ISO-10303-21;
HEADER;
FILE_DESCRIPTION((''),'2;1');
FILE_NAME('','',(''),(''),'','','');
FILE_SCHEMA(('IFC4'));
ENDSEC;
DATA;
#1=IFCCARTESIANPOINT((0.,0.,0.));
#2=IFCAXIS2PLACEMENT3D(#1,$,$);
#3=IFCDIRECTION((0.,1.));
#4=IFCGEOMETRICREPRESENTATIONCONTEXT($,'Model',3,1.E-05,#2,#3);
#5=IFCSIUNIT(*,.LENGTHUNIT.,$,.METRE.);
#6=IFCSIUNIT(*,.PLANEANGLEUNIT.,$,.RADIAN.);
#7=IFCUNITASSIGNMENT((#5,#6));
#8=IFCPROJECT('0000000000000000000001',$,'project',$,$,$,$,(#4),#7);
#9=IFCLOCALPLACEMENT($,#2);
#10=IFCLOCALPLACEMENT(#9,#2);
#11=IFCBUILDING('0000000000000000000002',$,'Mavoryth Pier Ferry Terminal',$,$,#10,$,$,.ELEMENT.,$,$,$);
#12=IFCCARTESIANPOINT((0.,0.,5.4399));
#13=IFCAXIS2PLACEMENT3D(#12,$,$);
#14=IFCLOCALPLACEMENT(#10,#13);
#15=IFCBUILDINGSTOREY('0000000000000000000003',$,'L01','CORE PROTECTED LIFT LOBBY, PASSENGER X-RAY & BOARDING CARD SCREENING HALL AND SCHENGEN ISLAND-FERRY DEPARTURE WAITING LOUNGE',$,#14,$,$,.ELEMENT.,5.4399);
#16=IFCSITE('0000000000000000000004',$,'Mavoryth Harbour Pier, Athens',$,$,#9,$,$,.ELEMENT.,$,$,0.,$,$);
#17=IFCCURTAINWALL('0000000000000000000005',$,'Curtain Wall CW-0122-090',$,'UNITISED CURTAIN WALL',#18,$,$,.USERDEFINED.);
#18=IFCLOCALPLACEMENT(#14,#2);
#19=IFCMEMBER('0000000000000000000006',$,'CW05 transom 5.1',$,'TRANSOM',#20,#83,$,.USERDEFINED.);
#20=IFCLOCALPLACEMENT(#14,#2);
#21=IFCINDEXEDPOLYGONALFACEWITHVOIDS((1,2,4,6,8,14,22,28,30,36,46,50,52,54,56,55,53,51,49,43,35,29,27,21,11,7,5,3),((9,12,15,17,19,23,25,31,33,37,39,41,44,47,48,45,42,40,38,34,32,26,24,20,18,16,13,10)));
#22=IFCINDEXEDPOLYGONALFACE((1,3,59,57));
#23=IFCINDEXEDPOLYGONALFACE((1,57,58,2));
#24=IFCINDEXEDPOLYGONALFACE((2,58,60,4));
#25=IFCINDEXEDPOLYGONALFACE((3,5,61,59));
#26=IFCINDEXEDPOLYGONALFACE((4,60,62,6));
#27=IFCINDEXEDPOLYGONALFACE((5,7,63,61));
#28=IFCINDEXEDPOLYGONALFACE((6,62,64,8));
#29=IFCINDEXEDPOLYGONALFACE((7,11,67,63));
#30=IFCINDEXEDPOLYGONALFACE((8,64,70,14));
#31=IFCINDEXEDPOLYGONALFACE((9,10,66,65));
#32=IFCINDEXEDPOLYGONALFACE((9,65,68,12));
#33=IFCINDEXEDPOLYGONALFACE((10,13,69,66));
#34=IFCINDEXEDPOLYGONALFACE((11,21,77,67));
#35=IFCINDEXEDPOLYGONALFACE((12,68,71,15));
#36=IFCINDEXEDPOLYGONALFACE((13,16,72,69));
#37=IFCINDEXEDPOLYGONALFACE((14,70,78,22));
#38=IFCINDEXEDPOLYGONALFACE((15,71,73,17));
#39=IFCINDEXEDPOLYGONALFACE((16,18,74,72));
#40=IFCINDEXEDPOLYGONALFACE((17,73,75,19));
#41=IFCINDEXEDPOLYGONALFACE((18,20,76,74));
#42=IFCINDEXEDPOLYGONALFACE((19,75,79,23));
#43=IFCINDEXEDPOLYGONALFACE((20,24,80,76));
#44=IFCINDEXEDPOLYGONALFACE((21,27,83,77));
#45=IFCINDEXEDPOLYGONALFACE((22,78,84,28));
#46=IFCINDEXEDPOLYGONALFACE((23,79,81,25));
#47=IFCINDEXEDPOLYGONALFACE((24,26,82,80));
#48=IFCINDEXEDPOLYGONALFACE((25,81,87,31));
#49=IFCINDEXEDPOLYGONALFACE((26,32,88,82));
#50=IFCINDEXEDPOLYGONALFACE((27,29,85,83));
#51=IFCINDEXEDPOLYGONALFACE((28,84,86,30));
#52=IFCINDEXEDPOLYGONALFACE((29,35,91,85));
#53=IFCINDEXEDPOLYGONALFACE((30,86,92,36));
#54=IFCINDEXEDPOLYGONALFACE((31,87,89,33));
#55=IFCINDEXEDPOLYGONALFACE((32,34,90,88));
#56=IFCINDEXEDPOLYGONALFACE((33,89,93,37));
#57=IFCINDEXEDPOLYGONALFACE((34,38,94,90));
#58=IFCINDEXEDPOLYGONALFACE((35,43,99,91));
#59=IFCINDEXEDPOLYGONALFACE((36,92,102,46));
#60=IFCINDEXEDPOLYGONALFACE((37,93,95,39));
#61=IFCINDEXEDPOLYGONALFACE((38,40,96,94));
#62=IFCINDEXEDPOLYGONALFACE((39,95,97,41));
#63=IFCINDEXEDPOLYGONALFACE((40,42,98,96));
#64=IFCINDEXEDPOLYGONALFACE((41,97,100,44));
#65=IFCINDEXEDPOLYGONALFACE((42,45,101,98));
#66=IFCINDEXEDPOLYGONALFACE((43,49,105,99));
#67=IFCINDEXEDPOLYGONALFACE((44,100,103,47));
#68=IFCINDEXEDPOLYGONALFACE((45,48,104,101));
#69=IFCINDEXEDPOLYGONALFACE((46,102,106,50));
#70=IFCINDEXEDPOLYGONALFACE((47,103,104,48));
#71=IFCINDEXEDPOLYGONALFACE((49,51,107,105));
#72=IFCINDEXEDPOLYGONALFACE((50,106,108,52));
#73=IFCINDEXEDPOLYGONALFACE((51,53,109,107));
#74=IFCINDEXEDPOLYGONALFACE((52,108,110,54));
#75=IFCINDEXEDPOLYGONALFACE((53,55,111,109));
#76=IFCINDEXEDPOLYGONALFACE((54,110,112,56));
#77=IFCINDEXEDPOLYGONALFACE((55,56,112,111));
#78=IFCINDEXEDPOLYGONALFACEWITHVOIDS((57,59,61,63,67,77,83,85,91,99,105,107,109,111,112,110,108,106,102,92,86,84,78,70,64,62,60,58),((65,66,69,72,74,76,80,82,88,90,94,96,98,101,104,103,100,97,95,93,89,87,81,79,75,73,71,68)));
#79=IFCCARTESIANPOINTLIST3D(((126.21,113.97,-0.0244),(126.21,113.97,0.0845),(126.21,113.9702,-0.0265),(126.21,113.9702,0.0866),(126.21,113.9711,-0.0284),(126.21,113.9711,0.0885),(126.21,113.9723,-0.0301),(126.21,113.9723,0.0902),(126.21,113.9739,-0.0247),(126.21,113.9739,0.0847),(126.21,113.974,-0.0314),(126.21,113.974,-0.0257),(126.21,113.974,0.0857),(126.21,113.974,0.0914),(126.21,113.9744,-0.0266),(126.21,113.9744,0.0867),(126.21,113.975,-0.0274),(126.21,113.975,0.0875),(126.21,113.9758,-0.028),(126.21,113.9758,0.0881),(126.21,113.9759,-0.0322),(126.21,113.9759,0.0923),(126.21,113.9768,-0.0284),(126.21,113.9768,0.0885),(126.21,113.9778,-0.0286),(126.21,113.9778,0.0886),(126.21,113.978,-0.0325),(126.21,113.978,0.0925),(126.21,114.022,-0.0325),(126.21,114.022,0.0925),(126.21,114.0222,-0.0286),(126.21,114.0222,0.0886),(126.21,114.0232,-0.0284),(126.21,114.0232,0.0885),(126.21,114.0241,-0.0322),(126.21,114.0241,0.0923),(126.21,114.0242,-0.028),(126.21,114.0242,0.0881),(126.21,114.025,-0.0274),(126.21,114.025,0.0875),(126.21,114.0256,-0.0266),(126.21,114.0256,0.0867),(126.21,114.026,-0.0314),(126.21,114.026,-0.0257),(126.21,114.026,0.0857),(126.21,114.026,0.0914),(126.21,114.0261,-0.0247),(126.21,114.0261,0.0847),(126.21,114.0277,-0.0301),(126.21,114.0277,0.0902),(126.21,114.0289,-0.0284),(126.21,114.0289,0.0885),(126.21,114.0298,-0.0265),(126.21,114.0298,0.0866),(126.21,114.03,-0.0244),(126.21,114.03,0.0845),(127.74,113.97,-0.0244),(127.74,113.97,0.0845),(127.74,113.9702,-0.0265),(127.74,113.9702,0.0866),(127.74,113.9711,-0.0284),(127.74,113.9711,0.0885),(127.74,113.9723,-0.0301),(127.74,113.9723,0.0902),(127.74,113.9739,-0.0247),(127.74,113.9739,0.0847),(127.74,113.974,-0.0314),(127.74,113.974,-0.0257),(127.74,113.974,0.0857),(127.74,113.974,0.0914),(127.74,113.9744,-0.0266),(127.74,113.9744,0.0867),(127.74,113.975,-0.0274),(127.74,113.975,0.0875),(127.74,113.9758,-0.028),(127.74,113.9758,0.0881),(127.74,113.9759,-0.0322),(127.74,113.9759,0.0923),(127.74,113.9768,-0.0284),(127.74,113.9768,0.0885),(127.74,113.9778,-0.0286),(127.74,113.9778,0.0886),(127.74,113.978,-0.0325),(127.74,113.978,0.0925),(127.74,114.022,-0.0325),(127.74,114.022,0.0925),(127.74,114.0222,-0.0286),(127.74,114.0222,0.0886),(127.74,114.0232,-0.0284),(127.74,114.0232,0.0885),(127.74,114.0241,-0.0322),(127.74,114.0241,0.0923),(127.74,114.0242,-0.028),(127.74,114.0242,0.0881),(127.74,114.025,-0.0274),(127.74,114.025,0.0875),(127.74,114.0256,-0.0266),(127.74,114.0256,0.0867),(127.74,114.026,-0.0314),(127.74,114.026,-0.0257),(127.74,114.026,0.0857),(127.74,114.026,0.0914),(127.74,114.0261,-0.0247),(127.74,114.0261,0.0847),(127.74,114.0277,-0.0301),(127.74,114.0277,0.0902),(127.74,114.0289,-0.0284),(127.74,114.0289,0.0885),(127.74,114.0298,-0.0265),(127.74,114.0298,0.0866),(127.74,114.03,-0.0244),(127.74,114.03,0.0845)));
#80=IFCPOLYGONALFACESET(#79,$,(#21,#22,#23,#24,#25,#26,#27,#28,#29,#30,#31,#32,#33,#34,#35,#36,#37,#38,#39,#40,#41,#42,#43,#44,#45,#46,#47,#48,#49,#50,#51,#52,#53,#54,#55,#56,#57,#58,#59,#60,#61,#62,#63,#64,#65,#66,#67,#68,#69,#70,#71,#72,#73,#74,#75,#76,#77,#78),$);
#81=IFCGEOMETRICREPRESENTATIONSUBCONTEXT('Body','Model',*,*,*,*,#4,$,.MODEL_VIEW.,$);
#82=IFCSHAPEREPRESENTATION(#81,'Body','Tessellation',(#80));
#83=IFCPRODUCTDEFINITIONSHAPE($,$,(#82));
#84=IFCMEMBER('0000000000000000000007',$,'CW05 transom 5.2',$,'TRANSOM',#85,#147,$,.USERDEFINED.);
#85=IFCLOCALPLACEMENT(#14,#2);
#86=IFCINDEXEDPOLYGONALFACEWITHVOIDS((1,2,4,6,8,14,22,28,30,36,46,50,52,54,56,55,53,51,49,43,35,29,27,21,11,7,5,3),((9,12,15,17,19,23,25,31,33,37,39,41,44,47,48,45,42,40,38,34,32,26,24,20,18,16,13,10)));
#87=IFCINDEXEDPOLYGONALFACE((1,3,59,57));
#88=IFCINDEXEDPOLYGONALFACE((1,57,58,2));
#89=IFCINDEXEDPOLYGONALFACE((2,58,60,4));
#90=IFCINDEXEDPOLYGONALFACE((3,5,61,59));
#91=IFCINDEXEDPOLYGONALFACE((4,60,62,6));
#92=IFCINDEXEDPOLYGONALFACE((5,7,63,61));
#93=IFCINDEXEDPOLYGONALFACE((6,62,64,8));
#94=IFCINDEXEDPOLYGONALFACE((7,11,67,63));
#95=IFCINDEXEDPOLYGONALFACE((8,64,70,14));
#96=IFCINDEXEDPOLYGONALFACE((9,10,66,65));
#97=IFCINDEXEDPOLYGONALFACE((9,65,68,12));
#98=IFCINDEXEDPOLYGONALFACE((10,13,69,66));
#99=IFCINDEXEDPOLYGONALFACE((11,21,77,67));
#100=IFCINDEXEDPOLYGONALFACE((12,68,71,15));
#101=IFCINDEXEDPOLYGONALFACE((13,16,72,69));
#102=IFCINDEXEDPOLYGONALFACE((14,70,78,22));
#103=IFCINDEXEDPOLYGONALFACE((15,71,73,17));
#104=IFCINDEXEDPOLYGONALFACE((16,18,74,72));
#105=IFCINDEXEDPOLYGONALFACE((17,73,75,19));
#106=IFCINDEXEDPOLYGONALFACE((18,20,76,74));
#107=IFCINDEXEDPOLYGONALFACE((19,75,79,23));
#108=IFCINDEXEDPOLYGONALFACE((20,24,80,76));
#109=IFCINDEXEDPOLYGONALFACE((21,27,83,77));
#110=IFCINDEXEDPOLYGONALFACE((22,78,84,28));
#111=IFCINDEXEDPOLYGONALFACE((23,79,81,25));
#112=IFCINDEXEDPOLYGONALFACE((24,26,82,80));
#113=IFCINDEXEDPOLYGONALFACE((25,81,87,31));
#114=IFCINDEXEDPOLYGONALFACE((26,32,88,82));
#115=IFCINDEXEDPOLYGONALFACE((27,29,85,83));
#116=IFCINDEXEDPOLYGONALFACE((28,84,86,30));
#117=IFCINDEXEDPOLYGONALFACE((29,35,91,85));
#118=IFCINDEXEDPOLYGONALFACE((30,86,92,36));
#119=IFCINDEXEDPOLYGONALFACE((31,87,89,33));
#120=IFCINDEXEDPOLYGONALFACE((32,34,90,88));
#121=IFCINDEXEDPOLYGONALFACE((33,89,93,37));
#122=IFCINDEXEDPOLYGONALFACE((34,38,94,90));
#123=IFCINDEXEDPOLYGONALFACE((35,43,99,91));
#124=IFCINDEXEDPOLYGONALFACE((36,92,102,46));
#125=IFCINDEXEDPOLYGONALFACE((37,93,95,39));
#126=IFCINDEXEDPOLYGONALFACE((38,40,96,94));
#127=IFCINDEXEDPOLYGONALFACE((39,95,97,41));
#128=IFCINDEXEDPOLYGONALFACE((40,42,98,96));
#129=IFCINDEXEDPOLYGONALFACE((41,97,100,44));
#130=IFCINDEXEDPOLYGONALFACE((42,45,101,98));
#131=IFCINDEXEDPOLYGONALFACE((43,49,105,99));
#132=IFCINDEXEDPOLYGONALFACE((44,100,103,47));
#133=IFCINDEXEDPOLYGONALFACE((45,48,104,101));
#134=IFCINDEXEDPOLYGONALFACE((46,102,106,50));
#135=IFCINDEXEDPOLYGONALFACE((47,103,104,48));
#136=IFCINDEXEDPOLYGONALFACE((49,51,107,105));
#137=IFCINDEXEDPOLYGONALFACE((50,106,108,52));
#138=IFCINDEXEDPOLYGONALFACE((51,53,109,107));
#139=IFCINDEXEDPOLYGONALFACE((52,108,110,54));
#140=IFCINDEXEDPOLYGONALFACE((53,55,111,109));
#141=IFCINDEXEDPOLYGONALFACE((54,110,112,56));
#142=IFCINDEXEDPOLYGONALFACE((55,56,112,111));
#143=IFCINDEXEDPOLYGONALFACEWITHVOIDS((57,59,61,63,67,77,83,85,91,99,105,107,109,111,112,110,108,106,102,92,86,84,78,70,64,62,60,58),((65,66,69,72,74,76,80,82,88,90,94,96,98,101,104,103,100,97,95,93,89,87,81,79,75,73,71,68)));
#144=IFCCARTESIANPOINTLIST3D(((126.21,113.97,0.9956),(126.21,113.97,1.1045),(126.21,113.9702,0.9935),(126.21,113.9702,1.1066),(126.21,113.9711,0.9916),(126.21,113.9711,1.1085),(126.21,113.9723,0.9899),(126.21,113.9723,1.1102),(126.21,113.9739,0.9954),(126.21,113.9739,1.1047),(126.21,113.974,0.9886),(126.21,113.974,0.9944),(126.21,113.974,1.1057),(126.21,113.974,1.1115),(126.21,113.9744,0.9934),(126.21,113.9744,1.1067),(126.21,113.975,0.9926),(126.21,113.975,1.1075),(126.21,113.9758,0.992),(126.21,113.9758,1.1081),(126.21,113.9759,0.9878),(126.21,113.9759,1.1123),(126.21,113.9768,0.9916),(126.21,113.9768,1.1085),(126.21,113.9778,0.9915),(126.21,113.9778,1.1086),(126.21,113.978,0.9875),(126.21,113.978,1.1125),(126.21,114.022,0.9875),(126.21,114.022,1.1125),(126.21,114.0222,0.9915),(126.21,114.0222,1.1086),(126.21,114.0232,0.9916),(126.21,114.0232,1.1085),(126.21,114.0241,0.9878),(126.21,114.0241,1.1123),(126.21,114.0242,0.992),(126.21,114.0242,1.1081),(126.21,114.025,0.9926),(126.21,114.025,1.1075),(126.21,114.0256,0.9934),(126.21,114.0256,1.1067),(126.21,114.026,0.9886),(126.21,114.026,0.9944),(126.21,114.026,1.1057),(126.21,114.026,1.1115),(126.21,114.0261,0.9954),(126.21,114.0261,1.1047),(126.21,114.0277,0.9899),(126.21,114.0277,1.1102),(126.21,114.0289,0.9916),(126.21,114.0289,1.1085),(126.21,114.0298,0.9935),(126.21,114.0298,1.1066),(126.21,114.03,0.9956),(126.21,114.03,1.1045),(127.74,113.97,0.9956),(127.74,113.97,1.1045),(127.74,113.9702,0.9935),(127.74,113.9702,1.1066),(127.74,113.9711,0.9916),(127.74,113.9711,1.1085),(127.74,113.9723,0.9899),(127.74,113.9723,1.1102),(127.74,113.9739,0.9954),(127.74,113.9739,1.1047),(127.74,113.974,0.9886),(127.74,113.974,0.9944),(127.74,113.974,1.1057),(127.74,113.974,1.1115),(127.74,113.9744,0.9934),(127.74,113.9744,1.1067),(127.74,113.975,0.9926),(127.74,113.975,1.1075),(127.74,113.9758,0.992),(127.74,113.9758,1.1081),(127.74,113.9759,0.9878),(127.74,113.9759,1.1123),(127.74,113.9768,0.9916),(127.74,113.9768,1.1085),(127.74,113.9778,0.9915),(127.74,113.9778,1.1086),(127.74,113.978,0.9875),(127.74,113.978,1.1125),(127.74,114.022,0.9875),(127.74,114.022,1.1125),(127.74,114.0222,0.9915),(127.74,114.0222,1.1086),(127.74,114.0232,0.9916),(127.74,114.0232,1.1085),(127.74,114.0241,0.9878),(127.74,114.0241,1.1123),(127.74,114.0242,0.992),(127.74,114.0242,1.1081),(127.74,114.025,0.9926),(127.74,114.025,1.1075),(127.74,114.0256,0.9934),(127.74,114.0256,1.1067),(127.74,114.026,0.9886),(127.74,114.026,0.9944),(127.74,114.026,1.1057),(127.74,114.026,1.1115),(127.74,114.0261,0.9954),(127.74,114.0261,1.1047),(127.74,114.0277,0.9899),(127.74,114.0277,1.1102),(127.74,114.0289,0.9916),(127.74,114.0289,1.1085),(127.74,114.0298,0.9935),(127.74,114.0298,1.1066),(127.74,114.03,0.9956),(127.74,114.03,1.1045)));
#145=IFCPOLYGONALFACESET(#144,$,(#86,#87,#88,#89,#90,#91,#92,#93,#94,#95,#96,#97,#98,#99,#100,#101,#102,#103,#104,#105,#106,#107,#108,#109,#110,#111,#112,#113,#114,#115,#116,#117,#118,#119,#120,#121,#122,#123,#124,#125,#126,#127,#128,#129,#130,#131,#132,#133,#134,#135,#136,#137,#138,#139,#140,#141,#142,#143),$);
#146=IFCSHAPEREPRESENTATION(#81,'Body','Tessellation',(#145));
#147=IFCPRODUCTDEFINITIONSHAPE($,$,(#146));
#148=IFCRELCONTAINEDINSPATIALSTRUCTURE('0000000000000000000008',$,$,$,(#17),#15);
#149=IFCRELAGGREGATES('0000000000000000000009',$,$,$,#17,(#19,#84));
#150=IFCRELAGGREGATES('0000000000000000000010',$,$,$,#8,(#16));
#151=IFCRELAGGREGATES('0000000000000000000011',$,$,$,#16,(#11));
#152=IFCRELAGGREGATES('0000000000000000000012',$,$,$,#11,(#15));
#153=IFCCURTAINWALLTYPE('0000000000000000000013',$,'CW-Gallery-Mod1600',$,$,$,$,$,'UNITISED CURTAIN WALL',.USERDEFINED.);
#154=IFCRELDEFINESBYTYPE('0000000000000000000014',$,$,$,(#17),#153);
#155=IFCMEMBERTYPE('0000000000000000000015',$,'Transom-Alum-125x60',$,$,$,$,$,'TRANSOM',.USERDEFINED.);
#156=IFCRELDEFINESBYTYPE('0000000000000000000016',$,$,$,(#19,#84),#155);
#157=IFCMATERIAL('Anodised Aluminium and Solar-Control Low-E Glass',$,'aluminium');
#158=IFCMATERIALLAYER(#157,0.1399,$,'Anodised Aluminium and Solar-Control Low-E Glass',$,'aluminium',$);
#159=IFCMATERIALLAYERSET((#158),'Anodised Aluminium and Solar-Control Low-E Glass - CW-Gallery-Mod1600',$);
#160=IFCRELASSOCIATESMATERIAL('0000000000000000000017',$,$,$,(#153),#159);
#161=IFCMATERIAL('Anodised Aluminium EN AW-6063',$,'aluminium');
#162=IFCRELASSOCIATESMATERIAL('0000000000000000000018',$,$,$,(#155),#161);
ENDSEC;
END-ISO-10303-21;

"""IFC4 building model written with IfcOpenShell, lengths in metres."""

from ifc_helpers import new_model, si_unit, direction, frame, origin, origin_2d, place, context, subcontext, project, spatial, hollow_rectangle, extrude, material, layer, layer_set, material_profile, profile_set, type_object, element, aggregate, save


model = new_model("IFC4")

# Units and contexts
model_context = context("Model", 3, precision=1e-05, world=origin(), true_north=direction((0.0, 1.0)))
body_context = subcontext(model_context, "Body", "Model", "MODEL_VIEW")
ifc_project = project(units=[si_unit("LENGTHUNIT", "METRE"), si_unit("PLANEANGLEUNIT", "RADIAN")], contexts=[model_context])

# Site, building, storey
site_placement = place(None, origin())
site = spatial("IfcSite", under=ifc_project, at=site_placement, Name="Mavoryth Harbour Pier, Athens", CompositionType="ELEMENT", RefElevation=0.0)
building_placement = place(site_placement, origin())
building = spatial("IfcBuilding", under=site, at=building_placement, Name="Mavoryth Pier Ferry Terminal", CompositionType="ELEMENT")
storey_placement = place(building_placement, frame((0.0, 0.0, 5.4399)))
storey = spatial("IfcBuildingStorey", under=building, at=storey_placement, Name="L01", Description="CORE PROTECTED LIFT LOBBY, PASSENGER X-RAY & BOARDING CARD SCREENING HALL AND SCHENGEN ISLAND-FERRY DEPARTURE WAITING LOUNGE", CompositionType="ELEMENT", Elevation=5.4399)

# Shared definitions
ifc_material_1 = material(Name="Anodised Aluminium and Solar-Control Low-E Glass", Category="aluminium")
ifc_layer_1 = layer(ifc_material_1, 0.1399, Name="Anodised Aluminium and Solar-Control Low-E Glass", Category="aluminium")
ifc_layer_set_1 = layer_set([ifc_layer_1], Name="Anodised Aluminium and Solar-Control Low-E Glass - CW-Gallery-Mod1600")
curtain_wall_type = type_object("IfcCurtainWallType", Name="CW-Gallery-Mod1600", ElementType="UNITISED CURTAIN WALL", PredefinedType="USERDEFINED", material=ifc_layer_set_1)
ifc_material_2 = material(Name="Anodised Aluminium EN AW-6063", Category="aluminium")

# Curtain wall
curtain_wall_1_placement = place(storey_placement, origin())
curtain_wall_1 = element("IfcCurtainWall", 1, at=curtain_wall_1_placement, inside=storey, type_object=curtain_wall_type, Name="Curtain Wall CW-0122-090", ObjectType="UNITISED CURTAIN WALL", PredefinedType="USERDEFINED")

# Members
ifc_material_profile_1 = material_profile(ifc_material_2, hollow_rectangle(XDim=0.0601, YDim=0.125, WallThickness=0.0039, InnerFilletRadius=0.0039, OuterFilletRadius=0.0081, at=origin_2d()), Name="AL-TRAN 125x60x4", Category="aluminium")
ifc_profile_set_1 = profile_set([ifc_material_profile_1], Name="Anodised Aluminium EN AW-6063 - AL-TRAN 125x60x4")
member_type_1 = type_object("IfcMemberType", Name="Transom-Alum-125x60", ElementType="TRANSOM", PredefinedType="USERDEFINED", material=ifc_profile_set_1)
member_1_placement = place(storey_placement, frame((127.74, 114.0, 0.03), z_axis=(-1.0, 0.0, 0.0), x_axis=(0.0, -1.0, 0.0)))
member_1 = element("IfcMember", 2, at=member_1_placement, type_object=member_type_1, Name="CW05 transom 5.1", ObjectType="TRANSOM", PredefinedType="USERDEFINED", context=body_context, shape_type="SweptSolid", body=[
    extrude(hollow_rectangle(XDim=0.0601, YDim=0.125, WallThickness=0.0039, InnerFilletRadius=0.0039, OuterFilletRadius=0.0081, at=origin_2d()), origin(), (0.0, 0.0, 1.0), 1.53),
])
member_2_placement = place(storey_placement, frame((127.74, 114.0, 1.05), z_axis=(-1.0, 0.0, 0.0), x_axis=(0.0, -1.0, 0.0)))
member_2 = element("IfcMember", 3, at=member_2_placement, type_object=member_type_1, Name="CW05 transom 5.2", ObjectType="TRANSOM", PredefinedType="USERDEFINED", context=body_context, shape_type="SweptSolid", body=[
    extrude(hollow_rectangle(XDim=0.0601, YDim=0.125, WallThickness=0.0039, InnerFilletRadius=0.0039, OuterFilletRadius=0.0081, at=origin_2d()), origin(), (0.0, 0.0, 1.0), 1.53),
])

aggregate(curtain_wall_1, [member_1, member_2])

save(model, "model.ifc")
